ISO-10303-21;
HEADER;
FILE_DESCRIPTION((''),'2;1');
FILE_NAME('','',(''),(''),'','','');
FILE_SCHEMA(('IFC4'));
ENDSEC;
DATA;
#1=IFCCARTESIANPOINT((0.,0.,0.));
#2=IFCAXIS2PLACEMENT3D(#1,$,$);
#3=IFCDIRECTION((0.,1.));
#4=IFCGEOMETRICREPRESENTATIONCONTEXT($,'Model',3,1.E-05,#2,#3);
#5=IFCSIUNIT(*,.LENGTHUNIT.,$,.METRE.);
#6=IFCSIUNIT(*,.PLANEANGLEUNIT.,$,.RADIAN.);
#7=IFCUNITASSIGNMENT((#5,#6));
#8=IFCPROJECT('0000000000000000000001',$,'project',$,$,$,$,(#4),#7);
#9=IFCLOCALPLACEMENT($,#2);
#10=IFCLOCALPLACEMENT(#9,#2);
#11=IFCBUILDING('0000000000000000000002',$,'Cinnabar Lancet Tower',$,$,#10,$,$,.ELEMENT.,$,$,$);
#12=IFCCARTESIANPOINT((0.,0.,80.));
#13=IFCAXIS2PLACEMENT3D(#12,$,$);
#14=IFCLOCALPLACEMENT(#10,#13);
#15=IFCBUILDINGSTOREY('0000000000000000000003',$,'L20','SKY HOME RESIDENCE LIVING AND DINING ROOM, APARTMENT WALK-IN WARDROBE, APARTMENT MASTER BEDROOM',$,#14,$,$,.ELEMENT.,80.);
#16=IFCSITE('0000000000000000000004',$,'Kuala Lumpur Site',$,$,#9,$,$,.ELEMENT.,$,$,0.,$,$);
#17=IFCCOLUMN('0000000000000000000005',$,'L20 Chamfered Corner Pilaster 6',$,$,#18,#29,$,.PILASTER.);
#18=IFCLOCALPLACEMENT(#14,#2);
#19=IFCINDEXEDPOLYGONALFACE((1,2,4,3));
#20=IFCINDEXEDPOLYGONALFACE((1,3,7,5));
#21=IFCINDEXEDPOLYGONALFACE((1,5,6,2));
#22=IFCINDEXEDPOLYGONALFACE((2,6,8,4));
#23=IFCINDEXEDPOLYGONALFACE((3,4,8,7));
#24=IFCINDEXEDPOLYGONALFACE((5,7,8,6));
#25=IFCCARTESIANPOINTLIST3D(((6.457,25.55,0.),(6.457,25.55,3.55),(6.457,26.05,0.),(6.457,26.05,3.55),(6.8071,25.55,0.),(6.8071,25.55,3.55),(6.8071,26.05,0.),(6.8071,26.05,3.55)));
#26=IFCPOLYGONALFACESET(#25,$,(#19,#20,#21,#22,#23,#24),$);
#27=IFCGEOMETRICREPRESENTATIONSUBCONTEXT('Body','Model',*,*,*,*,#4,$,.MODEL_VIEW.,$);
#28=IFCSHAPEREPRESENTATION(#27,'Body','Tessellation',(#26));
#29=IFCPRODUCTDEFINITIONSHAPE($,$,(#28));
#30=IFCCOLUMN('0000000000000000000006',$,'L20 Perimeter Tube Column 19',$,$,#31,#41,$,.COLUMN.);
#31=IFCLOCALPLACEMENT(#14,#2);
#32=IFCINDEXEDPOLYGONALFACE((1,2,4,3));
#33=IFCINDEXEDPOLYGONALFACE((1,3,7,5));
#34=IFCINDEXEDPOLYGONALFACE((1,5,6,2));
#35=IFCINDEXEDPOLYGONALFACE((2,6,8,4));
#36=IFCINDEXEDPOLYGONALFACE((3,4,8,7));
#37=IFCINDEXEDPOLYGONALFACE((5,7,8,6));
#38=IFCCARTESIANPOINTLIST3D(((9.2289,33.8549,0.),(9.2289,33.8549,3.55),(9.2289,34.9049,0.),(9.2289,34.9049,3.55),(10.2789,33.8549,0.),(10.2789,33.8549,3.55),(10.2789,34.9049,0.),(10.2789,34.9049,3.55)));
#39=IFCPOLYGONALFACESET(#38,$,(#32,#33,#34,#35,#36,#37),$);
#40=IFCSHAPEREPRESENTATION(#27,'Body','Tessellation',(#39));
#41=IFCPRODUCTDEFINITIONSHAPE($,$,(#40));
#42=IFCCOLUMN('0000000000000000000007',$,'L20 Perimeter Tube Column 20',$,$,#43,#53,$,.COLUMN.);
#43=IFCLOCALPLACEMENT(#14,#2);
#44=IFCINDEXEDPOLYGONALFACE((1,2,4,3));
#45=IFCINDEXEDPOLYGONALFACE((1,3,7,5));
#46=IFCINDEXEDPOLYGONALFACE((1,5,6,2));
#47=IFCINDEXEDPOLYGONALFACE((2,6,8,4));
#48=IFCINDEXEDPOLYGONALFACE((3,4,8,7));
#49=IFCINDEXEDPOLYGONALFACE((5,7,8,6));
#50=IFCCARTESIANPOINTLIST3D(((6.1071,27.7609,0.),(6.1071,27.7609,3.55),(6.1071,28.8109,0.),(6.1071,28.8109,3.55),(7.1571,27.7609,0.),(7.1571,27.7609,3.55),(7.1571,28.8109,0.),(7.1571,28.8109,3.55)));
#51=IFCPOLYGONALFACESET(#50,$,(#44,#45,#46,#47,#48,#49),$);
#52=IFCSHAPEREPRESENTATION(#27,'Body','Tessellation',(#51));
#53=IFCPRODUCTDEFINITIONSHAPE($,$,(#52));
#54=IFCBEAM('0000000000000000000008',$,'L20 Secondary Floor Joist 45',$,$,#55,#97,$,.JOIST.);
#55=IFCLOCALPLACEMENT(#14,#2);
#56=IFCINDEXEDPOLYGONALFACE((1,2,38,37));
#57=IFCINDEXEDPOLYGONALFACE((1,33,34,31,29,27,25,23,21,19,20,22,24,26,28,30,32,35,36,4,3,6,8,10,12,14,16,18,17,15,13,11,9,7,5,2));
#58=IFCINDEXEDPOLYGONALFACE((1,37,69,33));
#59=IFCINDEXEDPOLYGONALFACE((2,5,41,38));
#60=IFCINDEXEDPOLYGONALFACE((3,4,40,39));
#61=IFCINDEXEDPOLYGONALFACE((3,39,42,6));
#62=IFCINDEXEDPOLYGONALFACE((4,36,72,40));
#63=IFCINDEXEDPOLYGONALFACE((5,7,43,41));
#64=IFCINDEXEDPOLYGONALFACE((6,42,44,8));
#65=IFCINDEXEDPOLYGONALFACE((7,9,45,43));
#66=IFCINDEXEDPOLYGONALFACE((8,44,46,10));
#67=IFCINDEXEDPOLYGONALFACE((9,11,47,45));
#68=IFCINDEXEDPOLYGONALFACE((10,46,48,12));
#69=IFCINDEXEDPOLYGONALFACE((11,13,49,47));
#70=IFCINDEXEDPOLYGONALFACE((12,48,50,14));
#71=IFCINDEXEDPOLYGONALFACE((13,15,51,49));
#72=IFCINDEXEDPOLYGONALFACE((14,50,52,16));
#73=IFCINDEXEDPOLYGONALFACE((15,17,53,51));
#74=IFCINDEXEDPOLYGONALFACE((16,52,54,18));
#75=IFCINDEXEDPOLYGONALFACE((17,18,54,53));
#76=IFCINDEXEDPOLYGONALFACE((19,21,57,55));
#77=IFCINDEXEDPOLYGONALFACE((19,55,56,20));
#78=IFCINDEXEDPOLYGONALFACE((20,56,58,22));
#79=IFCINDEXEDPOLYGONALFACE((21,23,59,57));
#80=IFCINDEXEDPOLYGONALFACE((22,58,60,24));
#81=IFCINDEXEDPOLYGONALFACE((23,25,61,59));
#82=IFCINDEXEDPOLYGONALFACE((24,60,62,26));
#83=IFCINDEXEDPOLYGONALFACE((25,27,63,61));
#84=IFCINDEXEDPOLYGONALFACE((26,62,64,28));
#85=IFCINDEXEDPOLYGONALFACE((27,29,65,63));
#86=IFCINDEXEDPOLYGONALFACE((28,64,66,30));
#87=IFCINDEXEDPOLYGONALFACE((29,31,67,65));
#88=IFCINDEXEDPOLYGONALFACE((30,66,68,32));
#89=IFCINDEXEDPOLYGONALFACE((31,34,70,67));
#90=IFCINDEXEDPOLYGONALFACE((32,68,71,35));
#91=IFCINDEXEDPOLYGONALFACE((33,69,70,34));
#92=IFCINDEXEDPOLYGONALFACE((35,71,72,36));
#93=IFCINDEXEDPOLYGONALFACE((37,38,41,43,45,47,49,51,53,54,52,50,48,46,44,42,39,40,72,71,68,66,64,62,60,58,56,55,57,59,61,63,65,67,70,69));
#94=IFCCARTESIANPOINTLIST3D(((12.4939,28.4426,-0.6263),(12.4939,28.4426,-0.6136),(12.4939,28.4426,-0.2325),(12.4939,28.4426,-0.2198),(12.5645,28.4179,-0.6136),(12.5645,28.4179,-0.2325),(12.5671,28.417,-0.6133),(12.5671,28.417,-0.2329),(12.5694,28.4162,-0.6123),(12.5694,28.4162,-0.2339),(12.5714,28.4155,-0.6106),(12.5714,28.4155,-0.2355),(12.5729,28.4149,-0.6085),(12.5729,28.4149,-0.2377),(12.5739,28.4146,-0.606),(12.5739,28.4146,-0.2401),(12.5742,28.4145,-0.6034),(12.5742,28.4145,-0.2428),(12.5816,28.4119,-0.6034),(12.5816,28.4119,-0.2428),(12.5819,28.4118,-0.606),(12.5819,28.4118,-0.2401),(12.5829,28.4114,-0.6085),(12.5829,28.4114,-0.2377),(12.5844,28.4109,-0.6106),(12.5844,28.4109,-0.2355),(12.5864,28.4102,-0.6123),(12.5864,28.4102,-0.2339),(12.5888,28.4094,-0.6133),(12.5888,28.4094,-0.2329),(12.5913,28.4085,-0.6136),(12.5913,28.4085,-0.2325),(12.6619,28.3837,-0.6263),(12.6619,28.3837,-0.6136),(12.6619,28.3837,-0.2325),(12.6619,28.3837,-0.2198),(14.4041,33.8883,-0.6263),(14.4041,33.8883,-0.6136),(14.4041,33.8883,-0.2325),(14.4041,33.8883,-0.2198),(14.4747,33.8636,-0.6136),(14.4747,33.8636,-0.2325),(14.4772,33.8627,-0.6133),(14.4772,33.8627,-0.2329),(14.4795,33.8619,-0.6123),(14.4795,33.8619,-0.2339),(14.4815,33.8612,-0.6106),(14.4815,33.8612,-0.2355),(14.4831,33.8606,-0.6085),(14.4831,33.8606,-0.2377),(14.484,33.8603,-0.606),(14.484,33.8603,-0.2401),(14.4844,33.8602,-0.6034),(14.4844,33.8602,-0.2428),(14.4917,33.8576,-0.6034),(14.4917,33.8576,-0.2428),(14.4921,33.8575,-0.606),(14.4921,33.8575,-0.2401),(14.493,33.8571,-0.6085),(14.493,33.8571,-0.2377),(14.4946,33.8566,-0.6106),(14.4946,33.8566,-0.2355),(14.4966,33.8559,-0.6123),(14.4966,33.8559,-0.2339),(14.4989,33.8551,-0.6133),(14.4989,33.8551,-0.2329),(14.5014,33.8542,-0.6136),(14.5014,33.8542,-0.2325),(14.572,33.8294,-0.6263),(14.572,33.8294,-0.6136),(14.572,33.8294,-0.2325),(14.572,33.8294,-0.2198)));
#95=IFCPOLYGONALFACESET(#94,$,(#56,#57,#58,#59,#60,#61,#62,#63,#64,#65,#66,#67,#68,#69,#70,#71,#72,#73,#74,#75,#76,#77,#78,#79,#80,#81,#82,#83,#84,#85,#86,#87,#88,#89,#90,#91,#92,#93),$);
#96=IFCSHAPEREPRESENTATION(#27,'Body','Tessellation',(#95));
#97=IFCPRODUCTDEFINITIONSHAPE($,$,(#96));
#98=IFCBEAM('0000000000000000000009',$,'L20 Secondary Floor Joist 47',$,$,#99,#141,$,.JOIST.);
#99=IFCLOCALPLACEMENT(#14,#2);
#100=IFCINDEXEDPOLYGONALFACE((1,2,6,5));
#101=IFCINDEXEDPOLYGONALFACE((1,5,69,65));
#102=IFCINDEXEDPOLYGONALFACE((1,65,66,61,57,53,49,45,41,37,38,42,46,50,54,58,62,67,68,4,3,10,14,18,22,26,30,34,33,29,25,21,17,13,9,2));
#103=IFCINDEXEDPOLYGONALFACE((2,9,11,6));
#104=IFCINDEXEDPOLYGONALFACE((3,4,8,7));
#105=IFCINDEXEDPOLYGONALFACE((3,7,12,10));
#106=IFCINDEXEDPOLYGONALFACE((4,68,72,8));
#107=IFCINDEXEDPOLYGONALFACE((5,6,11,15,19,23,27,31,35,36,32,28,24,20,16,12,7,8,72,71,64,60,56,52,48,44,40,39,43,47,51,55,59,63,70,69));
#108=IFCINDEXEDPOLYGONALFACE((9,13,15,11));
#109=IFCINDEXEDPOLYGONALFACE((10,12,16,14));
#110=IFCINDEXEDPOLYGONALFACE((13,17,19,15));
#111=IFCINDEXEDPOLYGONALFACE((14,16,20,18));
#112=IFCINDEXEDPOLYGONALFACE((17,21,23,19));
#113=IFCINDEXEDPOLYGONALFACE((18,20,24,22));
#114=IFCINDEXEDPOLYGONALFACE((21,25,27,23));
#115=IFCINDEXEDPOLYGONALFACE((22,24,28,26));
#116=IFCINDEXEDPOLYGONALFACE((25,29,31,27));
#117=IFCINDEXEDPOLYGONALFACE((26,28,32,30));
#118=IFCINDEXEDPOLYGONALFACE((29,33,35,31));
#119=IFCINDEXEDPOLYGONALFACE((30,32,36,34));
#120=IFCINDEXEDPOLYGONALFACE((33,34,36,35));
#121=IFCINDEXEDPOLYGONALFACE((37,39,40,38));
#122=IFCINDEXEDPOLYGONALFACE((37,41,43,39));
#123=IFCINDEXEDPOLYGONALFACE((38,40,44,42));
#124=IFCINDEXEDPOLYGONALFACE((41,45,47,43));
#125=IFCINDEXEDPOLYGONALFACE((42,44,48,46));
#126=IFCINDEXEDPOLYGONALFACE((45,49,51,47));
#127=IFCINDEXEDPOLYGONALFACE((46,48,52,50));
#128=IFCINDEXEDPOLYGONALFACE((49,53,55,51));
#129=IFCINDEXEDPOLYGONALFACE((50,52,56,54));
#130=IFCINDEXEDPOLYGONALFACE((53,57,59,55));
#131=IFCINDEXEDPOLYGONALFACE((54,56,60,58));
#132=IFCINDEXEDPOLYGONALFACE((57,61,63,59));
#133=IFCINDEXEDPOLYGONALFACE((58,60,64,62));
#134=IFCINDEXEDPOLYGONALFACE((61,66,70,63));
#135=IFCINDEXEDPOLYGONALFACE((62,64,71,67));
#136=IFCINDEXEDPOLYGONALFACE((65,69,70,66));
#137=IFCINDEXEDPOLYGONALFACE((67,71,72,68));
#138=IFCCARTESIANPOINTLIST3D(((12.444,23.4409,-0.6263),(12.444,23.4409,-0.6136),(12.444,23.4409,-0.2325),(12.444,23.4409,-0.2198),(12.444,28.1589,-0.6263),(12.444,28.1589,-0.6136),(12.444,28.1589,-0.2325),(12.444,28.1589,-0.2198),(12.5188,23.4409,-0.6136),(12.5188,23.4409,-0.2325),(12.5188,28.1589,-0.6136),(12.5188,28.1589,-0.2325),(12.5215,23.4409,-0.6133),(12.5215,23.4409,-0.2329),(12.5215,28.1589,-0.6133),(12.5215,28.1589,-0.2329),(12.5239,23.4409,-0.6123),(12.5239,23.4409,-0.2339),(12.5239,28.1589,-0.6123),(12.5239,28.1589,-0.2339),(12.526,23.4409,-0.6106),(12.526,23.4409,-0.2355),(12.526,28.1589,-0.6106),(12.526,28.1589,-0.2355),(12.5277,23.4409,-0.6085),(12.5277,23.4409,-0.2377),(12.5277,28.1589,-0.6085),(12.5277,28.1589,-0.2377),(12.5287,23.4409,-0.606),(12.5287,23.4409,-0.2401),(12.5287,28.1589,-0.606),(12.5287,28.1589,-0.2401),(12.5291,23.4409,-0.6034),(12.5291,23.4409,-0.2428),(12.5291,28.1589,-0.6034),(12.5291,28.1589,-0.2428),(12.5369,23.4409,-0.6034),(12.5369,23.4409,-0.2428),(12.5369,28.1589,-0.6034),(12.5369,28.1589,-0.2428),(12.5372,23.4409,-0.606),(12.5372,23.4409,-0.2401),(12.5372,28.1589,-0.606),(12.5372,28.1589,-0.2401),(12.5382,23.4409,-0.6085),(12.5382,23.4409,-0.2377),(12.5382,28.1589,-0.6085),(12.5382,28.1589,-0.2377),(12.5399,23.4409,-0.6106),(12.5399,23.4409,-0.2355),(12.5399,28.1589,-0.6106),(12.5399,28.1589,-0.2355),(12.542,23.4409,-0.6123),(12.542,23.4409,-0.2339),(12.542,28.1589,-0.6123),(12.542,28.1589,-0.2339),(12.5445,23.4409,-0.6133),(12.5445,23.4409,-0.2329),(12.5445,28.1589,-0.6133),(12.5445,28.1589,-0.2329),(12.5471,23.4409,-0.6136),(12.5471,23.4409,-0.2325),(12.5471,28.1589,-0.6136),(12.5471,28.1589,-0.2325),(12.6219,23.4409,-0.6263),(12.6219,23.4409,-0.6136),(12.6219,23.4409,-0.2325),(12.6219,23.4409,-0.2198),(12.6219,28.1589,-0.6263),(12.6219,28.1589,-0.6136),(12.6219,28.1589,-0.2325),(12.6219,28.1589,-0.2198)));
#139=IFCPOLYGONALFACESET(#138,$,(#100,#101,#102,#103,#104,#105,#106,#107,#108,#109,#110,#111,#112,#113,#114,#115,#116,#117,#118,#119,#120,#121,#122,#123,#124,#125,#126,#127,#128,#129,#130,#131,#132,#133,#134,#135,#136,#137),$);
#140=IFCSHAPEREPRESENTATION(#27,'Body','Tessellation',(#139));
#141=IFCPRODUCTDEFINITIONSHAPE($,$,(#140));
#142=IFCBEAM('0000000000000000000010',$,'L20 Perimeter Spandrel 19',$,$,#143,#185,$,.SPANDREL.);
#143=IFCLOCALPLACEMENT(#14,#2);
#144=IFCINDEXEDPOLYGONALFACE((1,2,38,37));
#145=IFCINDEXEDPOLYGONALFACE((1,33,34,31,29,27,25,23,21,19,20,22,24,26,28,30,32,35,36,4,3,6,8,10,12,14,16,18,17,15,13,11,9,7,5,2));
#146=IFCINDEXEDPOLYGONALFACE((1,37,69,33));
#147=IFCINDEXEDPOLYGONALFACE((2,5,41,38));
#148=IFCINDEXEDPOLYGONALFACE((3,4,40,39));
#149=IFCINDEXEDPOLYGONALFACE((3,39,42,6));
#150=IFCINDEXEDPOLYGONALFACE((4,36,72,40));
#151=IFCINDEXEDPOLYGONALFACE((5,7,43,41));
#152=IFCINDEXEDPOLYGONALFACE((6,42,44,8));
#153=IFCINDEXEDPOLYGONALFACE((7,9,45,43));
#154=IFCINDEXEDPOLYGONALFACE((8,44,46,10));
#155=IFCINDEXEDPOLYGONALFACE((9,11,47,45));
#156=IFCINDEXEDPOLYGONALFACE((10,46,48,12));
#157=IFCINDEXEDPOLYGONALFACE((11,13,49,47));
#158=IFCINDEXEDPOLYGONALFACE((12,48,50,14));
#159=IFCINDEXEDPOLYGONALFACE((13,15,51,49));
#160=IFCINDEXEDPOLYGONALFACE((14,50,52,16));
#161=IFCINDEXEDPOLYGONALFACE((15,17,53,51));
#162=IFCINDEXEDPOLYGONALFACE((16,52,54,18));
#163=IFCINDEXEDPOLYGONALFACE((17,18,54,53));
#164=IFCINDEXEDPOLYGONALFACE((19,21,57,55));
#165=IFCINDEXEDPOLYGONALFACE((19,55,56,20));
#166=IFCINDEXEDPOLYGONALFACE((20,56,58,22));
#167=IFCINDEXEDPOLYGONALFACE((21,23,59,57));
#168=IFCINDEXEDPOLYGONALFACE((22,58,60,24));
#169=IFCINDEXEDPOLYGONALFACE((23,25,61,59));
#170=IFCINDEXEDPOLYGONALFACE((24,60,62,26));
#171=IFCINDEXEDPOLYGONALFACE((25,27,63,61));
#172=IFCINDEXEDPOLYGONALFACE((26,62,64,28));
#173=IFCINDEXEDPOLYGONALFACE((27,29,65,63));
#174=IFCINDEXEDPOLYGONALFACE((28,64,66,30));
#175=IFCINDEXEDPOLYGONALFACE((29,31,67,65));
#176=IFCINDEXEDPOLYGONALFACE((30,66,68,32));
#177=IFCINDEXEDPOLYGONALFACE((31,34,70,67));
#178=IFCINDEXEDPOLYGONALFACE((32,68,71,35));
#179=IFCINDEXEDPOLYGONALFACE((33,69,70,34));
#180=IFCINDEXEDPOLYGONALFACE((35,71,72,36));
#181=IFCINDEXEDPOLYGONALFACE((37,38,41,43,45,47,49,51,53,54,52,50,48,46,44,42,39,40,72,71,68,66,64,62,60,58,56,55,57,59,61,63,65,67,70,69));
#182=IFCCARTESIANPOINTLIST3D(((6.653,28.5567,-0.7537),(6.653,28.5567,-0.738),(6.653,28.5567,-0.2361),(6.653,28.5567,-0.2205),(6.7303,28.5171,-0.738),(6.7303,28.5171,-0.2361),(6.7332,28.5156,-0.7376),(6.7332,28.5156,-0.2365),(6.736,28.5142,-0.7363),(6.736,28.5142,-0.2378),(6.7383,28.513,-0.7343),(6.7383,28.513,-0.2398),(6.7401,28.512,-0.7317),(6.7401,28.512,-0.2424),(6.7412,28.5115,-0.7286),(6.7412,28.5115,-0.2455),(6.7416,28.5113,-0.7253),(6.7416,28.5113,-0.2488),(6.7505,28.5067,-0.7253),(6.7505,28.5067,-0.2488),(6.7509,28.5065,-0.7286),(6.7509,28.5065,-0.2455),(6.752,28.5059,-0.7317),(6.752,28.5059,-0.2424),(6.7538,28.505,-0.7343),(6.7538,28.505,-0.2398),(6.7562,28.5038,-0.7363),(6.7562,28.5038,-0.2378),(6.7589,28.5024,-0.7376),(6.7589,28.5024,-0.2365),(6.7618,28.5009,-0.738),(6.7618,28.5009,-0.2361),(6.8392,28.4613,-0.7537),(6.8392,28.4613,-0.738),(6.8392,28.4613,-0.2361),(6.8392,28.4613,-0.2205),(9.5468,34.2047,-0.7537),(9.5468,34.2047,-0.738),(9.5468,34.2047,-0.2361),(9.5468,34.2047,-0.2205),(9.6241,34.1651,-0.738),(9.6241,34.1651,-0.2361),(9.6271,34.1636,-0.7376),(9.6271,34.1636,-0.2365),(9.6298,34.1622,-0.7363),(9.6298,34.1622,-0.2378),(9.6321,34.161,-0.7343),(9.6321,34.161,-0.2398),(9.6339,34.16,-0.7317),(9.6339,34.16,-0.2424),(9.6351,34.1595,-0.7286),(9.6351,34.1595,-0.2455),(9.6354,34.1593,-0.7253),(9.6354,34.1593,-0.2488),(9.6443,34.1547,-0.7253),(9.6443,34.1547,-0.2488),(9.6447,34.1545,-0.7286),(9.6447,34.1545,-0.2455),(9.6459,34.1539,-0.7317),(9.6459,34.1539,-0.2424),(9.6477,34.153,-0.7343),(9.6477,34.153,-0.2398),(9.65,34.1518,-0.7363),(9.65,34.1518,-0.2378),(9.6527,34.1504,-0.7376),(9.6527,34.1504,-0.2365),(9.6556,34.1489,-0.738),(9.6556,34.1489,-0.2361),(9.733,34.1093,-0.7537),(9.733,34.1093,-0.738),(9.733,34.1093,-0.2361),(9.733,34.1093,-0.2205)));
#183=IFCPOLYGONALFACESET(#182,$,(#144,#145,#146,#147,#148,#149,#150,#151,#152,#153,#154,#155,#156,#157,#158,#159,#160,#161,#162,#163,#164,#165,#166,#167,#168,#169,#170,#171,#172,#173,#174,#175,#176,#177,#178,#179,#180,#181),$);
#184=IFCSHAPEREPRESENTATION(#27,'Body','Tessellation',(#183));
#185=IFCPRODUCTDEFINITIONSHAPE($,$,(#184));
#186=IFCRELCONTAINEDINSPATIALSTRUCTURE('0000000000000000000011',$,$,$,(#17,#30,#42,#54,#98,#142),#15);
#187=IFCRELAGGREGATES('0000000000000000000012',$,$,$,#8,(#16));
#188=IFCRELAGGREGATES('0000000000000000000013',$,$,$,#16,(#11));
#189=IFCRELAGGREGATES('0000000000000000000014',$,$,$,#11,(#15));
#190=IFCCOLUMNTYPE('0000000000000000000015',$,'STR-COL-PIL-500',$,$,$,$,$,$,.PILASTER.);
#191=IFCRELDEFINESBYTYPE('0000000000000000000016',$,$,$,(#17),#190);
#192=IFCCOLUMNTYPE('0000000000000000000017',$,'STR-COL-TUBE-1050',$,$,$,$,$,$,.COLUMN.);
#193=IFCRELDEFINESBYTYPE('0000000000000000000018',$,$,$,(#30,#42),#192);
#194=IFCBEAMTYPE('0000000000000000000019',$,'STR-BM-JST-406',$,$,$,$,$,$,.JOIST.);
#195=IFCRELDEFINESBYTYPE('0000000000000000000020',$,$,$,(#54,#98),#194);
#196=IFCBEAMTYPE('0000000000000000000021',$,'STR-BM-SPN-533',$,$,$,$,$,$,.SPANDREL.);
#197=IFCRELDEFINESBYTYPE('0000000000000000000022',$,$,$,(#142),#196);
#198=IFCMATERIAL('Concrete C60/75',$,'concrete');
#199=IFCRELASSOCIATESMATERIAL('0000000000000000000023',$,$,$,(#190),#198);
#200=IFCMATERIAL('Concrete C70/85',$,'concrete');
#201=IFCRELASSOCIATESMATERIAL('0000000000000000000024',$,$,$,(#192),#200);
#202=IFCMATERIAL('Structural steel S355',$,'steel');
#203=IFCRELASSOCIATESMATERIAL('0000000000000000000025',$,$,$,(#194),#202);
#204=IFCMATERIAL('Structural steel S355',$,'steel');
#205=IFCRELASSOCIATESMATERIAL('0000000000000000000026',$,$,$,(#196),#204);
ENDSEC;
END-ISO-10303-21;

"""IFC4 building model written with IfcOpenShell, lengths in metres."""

from ifc_helpers import new_model, si_unit, direction, frame, origin, origin_2d, place, context, subcontext, project, spatial, rectangle, i_section, extrude, material, material_profile, profile_set, type_object, element, save


model = new_model("IFC4")

# Units and contexts
model_context = context("Model", 3, precision=1e-05, world=origin(), true_north=direction((0.0, 1.0)))
body_context = subcontext(model_context, "Body", "Model", "MODEL_VIEW")
ifc_project = project(units=[si_unit("LENGTHUNIT", "METRE"), si_unit("PLANEANGLEUNIT", "RADIAN")], contexts=[model_context])

# Site, building, storey
site_placement = place(None, origin())
site = spatial("IfcSite", under=ifc_project, at=site_placement, Name="Kuala Lumpur Site", CompositionType="ELEMENT", RefElevation=0.0)
building_placement = place(site_placement, origin())
building = spatial("IfcBuilding", under=site, at=building_placement, Name="Cinnabar Lancet Tower", CompositionType="ELEMENT")
storey_placement = place(building_placement, frame((0.0, 0.0, 80.0)))
storey = spatial("IfcBuildingStorey", under=building, at=storey_placement, Name="L20", Description="SKY HOME RESIDENCE LIVING AND DINING ROOM, APARTMENT WALK-IN WARDROBE, APARTMENT MASTER BEDROOM", CompositionType="ELEMENT", Elevation=80.0)

# Columns
ifc_material_1 = material(Name="Concrete C60/75", Category="concrete")
ifc_material_profile_1 = material_profile(ifc_material_1, rectangle(XDim=0.5, YDim=0.3501, at=origin_2d()), Name="RC-PIL 500x350")
ifc_profile_set_1 = profile_set([ifc_material_profile_1], Name="Concrete C60/75")
column_type_1 = type_object("IfcColumnType", Name="STR-COL-PIL-500", PredefinedType="PILASTER", material=ifc_profile_set_1)
column_placement = place(storey_placement, frame((6.6321, 25.8, 0.0), z_axis=(0.0, 0.0, 1.0), x_axis=(0.0, -1.0, 0.0)))
element("IfcColumn", 1, at=column_placement, inside=storey, type_object=column_type_1, Name="L20 Chamfered Corner Pilaster 6", PredefinedType="PILASTER", context=body_context, shape_type="SweptSolid", body=[
    extrude(rectangle(XDim=0.5, YDim=0.3501, at=origin_2d()), origin(), (0.0, 0.0, 1.0), 3.55),
])
ifc_material_2 = material(Name="Concrete C70/85", Category="concrete")
ifc_material_profile_2 = material_profile(ifc_material_2, rectangle(XDim=1.05, YDim=1.05, at=origin_2d()), Name="RC-COL 1050x1050")
ifc_profile_set_2 = profile_set([ifc_material_profile_2], Name="Concrete C70/85")
column_type_2 = type_object("IfcColumnType", Name="STR-COL-TUBE-1050", PredefinedType="COLUMN", material=ifc_profile_set_2)
for number, where, z_axis, x_axis, name in (
    (2, (9.7539, 34.3799, 0.0), (0.0, 0.0, 1.0), (1.0, 0.0, 0.0), "L20 Perimeter Tube Column 19"),
    (3, (6.6321, 28.2859, 0.0), (0.0, 0.0, 1.0), (1.0, 0.0, 0.0), "L20 Perimeter Tube Column 20"),
):
    element("IfcColumn", number, at=place(storey_placement, frame(where, z_axis=z_axis, x_axis=x_axis)), inside=storey, type_object=column_type_2, Name=name, PredefinedType="COLUMN", context=body_context, shape_type="SweptSolid", body=[
        extrude(rectangle(XDim=1.05, YDim=1.05, at=origin_2d()), origin(), (0.0, 0.0, 1.0), 3.55),
    ])

# Beams
ifc_material_3 = material(Name="Structural steel S355", Category="steel")
ifc_material_profile_3 = material_profile(ifc_material_3, i_section(OverallWidth=0.178, OverallDepth=0.4065, WebThickness=0.0078, FlangeThickness=0.0127, FilletRadius=0.0103, at=origin_2d()), Name="UKB 406x178x60")
ifc_profile_set_3 = profile_set([ifc_material_profile_3], Name="Structural steel S355")
beam_type_1 = type_object("IfcBeamType", Name="STR-BM-JST-406", PredefinedType="JOIST", material=ifc_profile_set_3)
beam_1_placement = place(storey_placement, frame((14.488, 33.8589, -0.4231), z_axis=(-0.330987, -0.943635, 0.0), x_axis=(0.943635, -0.330987, 0.0)))
element("IfcBeam", 4, at=beam_1_placement, inside=storey, type_object=beam_type_1, Name="L20 Secondary Floor Joist 45", PredefinedType="JOIST", context=body_context, shape_type="SweptSolid", body=[
    extrude(i_section(OverallWidth=0.178, OverallDepth=0.4065, WebThickness=0.0078, FlangeThickness=0.0127, FilletRadius=0.0103, at=origin_2d()), origin(), (0.0, 0.0, 1.0), 5.771),
])
beam_2_placement = place(storey_placement, frame((12.533, 28.1589, -0.4231), z_axis=(0.0, -1.0, 0.0), x_axis=(1.0, 0.0, 0.0)))
element("IfcBeam", 5, at=beam_2_placement, inside=storey, type_object=beam_type_1, Name="L20 Secondary Floor Joist 47", PredefinedType="JOIST", context=body_context, shape_type="SweptSolid", body=[
    extrude(i_section(OverallWidth=0.178, OverallDepth=0.4065, WebThickness=0.0078, FlangeThickness=0.0127, FilletRadius=0.0103, at=origin_2d()), origin(), (0.0, 0.0, 1.0), 4.718),
])
ifc_material_4 = material(Name="Structural steel S355", Category="steel")
ifc_material_profile_4 = material_profile(ifc_material_4, i_section(OverallWidth=0.2092, OverallDepth=0.5332, WebThickness=0.01, FlangeThickness=0.0156, FilletRadius=0.0127, at=origin_2d()), Name="UKB 533x210x92")
ifc_profile_set_4 = profile_set([ifc_material_profile_4], Name="Structural steel S355")
beam_type_2 = type_object("IfcBeamType", Name="STR-BM-SPN-533", PredefinedType="SPANDREL", material=ifc_profile_set_4)
beam_3_placement = place(storey_placement, frame((9.6399, 34.157, -0.4871), z_axis=(-0.455994, -0.889983, 0.0), x_axis=(0.889983, -0.455994, 0.0)))
element("IfcBeam", 6, at=beam_3_placement, inside=storey, type_object=beam_type_2, Name="L20 Perimeter Spandrel 19", PredefinedType="SPANDREL", context=body_context, shape_type="SweptSolid", body=[
    extrude(i_section(OverallWidth=0.2092, OverallDepth=0.5332, WebThickness=0.01, FlangeThickness=0.0156, FilletRadius=0.0127, at=origin_2d()), origin(), (0.0, 0.0, 1.0), 6.3462),
])

save(model, "model.ifc")
